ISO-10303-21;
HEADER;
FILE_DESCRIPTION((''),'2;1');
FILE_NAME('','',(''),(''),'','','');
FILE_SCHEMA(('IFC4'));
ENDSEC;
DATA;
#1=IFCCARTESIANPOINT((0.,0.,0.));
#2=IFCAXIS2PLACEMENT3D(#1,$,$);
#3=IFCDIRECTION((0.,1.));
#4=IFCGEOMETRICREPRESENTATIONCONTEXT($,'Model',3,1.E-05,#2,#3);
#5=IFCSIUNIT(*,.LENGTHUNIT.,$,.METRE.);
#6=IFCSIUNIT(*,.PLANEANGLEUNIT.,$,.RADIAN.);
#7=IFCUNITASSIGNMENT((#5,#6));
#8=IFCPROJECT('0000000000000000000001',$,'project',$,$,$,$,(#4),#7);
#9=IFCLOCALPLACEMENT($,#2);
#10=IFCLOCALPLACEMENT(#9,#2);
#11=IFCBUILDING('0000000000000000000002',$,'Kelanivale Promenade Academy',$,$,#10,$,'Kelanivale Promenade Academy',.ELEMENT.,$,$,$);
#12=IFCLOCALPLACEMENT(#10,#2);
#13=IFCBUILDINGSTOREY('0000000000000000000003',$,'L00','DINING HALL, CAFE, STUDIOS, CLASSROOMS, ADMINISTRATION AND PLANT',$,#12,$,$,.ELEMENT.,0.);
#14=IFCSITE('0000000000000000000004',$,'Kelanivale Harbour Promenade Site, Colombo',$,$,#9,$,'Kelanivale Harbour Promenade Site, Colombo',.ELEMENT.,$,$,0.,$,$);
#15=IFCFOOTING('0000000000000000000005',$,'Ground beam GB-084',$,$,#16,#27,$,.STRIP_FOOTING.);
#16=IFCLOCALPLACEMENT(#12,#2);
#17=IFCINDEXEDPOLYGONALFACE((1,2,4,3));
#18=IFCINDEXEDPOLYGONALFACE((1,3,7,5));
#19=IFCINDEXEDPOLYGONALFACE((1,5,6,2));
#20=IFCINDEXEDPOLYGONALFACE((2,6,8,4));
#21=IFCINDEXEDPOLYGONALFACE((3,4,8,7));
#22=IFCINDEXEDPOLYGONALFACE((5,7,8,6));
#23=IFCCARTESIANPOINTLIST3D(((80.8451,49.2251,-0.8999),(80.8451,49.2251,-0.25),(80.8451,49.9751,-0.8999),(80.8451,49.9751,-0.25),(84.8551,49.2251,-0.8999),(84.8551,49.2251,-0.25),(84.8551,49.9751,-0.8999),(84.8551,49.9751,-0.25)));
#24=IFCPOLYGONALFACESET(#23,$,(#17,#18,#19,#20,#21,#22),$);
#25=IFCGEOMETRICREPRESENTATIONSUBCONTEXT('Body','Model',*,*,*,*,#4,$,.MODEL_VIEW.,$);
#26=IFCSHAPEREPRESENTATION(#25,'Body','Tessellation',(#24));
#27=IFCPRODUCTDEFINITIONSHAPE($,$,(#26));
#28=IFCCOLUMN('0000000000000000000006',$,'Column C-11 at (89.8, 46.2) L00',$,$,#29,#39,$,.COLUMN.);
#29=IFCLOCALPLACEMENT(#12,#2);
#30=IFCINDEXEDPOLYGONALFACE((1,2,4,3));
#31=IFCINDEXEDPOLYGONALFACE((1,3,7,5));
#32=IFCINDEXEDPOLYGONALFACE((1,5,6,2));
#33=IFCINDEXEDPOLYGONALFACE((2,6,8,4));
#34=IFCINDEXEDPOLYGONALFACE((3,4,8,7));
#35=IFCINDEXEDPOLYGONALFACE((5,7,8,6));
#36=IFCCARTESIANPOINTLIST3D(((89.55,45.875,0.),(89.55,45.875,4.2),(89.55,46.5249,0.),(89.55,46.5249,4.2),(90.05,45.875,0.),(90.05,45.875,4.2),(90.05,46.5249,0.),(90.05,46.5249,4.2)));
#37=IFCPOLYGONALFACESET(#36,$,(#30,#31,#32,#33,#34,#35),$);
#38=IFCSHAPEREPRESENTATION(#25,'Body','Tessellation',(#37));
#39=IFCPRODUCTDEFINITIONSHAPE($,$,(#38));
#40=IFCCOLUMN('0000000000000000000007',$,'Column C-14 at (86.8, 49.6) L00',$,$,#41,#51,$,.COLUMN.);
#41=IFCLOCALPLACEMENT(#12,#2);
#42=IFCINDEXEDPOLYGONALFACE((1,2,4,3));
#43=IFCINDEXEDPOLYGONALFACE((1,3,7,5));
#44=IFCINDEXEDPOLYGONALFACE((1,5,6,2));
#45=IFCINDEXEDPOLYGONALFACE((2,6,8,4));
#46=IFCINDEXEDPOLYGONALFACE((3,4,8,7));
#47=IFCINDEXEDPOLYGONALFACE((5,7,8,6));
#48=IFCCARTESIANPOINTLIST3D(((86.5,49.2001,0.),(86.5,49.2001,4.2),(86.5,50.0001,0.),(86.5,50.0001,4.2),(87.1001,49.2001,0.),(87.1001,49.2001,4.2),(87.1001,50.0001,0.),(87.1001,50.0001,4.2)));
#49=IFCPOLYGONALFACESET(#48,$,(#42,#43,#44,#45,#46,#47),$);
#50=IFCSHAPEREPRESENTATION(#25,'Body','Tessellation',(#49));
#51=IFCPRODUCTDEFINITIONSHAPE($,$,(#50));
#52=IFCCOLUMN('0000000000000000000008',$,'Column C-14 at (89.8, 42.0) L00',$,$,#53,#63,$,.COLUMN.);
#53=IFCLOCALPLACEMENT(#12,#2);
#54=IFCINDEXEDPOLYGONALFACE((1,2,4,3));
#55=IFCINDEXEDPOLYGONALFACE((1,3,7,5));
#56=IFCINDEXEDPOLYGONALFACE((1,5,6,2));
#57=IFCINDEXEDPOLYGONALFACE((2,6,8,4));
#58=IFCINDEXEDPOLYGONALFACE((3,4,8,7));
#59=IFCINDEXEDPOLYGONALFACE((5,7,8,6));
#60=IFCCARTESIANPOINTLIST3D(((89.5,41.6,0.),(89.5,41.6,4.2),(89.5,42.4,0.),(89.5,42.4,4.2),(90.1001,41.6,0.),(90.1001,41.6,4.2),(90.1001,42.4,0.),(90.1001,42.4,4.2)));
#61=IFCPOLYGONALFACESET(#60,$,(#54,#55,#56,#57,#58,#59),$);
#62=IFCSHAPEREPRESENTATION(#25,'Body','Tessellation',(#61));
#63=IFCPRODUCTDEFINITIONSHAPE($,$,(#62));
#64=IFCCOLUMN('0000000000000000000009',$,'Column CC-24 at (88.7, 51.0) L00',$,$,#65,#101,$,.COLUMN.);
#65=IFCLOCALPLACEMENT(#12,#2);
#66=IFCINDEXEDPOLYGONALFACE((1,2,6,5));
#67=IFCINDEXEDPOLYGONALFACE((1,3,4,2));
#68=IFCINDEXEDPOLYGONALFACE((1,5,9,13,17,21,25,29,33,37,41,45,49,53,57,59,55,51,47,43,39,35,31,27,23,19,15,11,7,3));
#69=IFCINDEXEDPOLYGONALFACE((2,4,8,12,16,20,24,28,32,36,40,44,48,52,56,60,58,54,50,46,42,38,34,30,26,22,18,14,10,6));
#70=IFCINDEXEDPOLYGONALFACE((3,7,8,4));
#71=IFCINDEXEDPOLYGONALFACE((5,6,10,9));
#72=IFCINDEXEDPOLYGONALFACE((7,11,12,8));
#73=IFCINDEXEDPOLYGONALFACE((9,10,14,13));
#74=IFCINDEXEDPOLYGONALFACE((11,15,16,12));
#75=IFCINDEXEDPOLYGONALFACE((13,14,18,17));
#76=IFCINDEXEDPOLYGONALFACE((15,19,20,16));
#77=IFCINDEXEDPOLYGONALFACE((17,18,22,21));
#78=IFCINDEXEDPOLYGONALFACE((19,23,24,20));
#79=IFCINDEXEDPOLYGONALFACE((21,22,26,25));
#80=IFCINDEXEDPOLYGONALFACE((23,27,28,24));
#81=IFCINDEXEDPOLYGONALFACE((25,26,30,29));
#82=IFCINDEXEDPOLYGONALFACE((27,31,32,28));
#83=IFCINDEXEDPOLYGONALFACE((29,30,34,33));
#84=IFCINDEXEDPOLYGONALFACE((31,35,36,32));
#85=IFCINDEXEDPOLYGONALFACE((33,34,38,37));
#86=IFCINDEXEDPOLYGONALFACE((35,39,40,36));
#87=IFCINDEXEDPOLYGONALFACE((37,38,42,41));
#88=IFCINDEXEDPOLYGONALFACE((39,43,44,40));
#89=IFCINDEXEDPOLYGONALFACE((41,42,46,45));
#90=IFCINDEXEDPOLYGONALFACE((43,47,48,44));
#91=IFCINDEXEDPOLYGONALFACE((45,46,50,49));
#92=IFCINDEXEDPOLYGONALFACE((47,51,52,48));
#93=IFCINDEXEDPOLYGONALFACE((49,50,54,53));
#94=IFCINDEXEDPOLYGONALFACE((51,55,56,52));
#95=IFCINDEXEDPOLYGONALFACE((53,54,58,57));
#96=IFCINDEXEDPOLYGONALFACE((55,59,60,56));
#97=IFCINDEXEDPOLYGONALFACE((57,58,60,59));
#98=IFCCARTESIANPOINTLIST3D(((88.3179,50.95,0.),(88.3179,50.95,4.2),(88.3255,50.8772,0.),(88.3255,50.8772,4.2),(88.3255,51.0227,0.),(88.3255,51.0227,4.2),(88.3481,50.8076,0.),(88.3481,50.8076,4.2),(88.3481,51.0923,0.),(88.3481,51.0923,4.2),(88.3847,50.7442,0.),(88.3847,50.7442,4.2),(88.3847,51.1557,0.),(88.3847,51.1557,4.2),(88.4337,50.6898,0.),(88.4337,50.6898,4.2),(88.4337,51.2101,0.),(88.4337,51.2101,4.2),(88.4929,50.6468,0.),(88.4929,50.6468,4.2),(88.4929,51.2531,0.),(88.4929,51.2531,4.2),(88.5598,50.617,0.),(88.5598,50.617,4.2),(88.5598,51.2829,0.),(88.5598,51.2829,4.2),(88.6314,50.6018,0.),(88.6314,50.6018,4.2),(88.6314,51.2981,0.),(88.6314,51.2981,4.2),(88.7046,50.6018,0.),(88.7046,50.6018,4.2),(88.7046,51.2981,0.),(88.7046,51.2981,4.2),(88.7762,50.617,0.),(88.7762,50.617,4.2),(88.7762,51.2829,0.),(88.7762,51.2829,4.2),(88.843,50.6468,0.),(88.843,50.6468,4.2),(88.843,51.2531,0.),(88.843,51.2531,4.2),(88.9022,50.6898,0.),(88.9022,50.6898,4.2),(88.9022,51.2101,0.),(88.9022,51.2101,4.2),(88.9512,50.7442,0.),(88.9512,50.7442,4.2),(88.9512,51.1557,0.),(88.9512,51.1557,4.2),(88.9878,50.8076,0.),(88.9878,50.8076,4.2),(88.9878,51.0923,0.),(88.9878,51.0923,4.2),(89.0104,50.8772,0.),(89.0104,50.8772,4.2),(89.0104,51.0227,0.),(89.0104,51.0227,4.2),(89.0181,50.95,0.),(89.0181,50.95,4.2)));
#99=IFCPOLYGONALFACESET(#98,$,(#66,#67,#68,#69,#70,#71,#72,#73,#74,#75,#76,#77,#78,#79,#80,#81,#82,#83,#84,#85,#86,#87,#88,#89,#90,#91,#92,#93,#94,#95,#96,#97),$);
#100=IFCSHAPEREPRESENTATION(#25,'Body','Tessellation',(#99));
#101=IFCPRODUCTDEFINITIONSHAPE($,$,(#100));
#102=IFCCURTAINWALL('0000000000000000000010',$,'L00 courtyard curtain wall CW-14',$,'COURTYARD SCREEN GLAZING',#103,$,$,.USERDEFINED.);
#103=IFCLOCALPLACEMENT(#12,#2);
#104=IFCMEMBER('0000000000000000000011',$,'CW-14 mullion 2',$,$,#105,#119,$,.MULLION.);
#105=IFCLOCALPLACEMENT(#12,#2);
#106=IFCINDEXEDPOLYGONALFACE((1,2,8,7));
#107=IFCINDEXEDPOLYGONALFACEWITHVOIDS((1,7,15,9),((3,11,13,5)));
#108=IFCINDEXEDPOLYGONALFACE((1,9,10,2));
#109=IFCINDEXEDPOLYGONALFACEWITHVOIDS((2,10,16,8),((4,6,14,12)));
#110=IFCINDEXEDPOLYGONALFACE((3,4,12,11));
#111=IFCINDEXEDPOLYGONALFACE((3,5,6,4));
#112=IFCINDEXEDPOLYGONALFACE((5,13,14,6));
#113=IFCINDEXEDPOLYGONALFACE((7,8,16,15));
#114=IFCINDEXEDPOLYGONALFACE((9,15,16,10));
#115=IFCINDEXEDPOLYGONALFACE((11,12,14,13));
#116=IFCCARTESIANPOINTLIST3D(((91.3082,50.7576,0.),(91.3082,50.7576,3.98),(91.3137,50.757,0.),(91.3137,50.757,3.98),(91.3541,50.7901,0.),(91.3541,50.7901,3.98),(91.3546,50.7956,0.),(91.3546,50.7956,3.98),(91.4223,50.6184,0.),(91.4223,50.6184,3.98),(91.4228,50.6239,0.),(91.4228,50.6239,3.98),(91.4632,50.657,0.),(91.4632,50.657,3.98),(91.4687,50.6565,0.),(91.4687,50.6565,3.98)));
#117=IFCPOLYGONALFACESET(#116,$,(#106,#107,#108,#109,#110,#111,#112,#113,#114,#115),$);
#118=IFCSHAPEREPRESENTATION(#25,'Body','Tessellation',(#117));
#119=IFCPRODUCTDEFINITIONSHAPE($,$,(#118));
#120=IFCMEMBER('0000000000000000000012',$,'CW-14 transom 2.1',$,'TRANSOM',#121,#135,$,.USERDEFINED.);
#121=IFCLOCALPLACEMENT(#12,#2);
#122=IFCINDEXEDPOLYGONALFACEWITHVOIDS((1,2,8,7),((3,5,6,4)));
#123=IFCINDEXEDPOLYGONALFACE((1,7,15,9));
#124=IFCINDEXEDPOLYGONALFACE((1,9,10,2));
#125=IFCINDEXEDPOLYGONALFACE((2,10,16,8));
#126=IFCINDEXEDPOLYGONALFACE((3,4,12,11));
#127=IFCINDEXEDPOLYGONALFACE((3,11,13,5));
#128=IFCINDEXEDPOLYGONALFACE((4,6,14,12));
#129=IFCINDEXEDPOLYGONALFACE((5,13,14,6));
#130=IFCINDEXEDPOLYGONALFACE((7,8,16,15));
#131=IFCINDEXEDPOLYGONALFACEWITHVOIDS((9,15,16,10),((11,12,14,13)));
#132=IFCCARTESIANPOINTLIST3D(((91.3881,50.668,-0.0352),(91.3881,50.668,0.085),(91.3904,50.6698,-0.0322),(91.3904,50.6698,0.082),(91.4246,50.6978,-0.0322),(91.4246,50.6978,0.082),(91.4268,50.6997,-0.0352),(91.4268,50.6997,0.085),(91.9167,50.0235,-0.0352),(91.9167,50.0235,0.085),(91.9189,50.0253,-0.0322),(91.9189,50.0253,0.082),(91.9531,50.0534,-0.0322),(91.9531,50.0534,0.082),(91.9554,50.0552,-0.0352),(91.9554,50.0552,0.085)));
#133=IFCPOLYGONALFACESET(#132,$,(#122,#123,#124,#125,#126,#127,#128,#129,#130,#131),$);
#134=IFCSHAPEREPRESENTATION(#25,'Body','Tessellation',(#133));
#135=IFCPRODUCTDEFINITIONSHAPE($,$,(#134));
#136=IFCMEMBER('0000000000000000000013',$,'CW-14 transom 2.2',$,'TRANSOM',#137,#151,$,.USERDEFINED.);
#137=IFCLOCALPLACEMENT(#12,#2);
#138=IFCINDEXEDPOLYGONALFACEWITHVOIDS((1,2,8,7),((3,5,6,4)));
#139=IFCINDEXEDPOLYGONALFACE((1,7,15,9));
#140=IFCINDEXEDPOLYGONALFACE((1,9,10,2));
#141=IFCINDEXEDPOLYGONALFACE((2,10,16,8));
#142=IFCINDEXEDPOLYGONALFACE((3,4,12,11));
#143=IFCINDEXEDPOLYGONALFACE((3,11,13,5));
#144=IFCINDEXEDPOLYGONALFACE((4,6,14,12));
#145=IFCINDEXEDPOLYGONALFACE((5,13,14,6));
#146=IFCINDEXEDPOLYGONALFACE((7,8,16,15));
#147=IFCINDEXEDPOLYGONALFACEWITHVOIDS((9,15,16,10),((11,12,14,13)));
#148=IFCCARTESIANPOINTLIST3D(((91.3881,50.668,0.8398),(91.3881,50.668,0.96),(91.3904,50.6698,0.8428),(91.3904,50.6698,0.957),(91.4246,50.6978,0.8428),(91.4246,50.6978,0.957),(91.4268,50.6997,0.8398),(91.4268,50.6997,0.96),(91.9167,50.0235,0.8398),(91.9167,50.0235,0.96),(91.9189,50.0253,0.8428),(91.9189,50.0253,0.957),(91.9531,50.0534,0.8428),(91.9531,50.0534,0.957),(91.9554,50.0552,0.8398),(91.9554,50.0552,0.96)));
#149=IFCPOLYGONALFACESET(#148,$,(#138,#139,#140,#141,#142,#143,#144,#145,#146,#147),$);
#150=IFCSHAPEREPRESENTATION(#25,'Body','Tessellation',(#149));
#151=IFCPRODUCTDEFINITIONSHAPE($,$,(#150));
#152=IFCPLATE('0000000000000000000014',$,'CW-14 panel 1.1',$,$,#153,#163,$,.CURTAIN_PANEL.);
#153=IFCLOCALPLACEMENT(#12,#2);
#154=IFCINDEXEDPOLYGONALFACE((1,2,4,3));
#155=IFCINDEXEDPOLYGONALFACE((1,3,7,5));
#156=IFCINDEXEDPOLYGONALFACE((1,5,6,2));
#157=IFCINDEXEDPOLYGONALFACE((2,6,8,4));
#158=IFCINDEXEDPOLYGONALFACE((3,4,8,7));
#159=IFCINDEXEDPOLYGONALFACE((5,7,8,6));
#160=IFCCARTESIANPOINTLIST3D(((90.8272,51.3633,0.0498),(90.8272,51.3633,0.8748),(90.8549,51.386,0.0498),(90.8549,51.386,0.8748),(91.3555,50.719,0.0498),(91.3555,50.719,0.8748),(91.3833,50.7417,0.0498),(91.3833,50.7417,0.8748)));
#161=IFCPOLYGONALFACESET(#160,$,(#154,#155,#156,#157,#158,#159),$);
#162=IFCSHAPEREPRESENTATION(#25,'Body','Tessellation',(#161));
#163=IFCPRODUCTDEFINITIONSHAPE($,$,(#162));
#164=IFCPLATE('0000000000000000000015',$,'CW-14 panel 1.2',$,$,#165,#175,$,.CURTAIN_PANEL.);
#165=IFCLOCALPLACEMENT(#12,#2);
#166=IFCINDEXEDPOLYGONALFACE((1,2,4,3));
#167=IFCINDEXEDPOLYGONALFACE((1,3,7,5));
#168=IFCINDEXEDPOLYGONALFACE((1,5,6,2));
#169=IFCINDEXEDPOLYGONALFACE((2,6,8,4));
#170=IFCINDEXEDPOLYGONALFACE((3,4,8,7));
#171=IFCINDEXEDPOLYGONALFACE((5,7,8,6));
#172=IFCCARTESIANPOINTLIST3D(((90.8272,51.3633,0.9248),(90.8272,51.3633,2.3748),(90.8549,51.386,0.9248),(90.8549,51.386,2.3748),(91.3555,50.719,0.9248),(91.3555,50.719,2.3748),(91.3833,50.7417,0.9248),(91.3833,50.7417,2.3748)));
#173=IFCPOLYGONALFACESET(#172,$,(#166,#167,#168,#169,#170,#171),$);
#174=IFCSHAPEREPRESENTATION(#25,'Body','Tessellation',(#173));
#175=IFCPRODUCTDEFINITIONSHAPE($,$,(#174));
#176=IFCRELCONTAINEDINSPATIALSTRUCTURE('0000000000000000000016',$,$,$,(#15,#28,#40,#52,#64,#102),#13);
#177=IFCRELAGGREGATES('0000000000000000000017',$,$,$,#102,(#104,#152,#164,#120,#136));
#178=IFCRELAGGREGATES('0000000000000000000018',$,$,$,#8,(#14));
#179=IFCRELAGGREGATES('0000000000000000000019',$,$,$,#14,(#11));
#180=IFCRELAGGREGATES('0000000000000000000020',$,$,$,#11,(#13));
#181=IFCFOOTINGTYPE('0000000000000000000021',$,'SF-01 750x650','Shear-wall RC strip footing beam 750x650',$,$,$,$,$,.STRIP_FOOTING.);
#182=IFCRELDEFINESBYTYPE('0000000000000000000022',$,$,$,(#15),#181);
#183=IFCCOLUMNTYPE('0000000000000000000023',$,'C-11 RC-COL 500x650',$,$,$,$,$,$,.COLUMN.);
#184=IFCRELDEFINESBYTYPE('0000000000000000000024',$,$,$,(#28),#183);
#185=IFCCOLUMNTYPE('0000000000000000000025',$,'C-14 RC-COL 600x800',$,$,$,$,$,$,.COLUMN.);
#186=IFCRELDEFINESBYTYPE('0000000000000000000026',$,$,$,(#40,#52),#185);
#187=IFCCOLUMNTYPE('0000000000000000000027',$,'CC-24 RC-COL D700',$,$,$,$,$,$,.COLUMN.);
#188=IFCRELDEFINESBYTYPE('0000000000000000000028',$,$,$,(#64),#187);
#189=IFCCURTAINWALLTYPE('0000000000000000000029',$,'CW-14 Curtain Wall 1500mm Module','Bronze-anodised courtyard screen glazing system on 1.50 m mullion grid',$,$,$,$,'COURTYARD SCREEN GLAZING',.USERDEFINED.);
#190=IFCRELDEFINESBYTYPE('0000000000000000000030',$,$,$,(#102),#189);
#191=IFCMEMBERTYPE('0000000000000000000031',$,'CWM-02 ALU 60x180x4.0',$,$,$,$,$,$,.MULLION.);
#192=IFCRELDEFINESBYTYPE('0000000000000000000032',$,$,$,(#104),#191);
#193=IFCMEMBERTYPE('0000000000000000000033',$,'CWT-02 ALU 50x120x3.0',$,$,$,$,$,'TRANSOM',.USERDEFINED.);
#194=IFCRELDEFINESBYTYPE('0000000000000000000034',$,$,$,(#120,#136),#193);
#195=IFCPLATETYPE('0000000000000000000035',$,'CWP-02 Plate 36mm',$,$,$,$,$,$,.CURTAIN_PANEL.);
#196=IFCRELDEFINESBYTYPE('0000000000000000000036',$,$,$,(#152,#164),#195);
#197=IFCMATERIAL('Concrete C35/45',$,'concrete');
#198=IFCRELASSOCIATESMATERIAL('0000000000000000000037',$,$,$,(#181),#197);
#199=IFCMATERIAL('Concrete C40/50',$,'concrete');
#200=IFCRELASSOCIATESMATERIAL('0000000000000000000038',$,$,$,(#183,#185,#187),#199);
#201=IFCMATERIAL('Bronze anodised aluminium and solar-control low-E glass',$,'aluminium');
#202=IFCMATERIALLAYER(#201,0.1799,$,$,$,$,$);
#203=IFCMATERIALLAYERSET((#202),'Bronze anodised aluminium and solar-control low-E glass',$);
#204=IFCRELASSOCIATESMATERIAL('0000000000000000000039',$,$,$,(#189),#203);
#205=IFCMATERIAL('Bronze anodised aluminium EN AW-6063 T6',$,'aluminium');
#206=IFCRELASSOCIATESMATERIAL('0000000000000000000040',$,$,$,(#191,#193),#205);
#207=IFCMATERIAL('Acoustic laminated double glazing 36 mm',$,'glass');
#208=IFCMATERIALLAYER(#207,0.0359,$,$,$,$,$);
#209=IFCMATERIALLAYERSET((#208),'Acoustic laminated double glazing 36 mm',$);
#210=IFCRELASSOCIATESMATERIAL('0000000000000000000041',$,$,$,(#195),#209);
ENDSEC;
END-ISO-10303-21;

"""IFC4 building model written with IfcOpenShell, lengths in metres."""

from ifc_helpers import new_model, si_unit, direction, frame, origin, origin_2d, place, context, subcontext, project, spatial, rectangle, hollow_rectangle, circle, extrude, material, layer, layer_set, material_profile, profile_set, type_object, element, aggregate, save


model = new_model("IFC4")

# Units and contexts
model_context = context("Model", 3, precision=1e-05, world=origin(), true_north=direction((0.0, 1.0)))
body_context = subcontext(model_context, "Body", "Model", "MODEL_VIEW")
ifc_project = project(units=[si_unit("LENGTHUNIT", "METRE"), si_unit("PLANEANGLEUNIT", "RADIAN")], contexts=[model_context])

# Site, building, storey
site_placement = place(None, origin())
site = spatial("IfcSite", under=ifc_project, at=site_placement, Name="Kelanivale Harbour Promenade Site, Colombo", LongName="Kelanivale Harbour Promenade Site, Colombo", CompositionType="ELEMENT", RefElevation=0.0)
building_placement = place(site_placement, origin())
building = spatial("IfcBuilding", under=site, at=building_placement, Name="Kelanivale Promenade Academy", LongName="Kelanivale Promenade Academy", CompositionType="ELEMENT")
storey_placement = place(building_placement, origin())
storey = spatial("IfcBuildingStorey", under=building, at=storey_placement, Name="L00", Description="DINING HALL, CAFE, STUDIOS, CLASSROOMS, ADMINISTRATION AND PLANT", CompositionType="ELEMENT", Elevation=0.0)

# Shared definitions
ifc_material_1 = material(Name="Concrete C35/45", Category="concrete")

# Footing
footing_type_1 = type_object("IfcFootingType", Name="SF-01 750x650", Description="Shear-wall RC strip footing beam 750x650", PredefinedType="STRIP_FOOTING", material=ifc_material_1)
footing_1_placement = place(storey_placement, frame((82.8501, 49.6001, -0.8999), z_axis=(0.0, 0.0, 1.0), x_axis=(1.0, 0.0, 0.0)))
element("IfcFooting", 1, at=footing_1_placement, inside=storey, type_object=footing_type_1, Name="Ground beam GB-084", PredefinedType="STRIP_FOOTING", context=body_context, shape_type="SweptSolid", body=[
    extrude(rectangle(XDim=4.01, YDim=0.75, at=origin_2d()), origin(), (0.0, 0.0, 1.0), 0.6499),
])

# Columns
ifc_material_2 = material(Name="Concrete C40/50", Category="concrete")
ifc_material_profile_1 = material_profile(ifc_material_2, rectangle(XDim=0.5, YDim=0.6499, at=origin_2d()), Name="RC-COL 500x650")
ifc_profile_set_1 = profile_set([ifc_material_profile_1], Name="Concrete C40/50")
column_type_1 = type_object("IfcColumnType", Name="C-11 RC-COL 500x650", PredefinedType="COLUMN", material=ifc_profile_set_1)
column_1_placement = place(storey_placement, frame((89.8, 46.2, 0.0), z_axis=(0.0, 0.0, 1.0), x_axis=(1.0, 0.0, 0.0)))
element("IfcColumn", 2, at=column_1_placement, inside=storey, type_object=column_type_1, Name="Column C-11 at (89.8, 46.2) L00", PredefinedType="COLUMN", context=body_context, shape_type="SweptSolid", body=[
    extrude(rectangle(XDim=0.5, YDim=0.6499, at=origin_2d()), origin(), (0.0, 0.0, 1.0), 4.2),
])
ifc_material_profile_2 = material_profile(ifc_material_2, rectangle(XDim=0.6001, YDim=0.8, at=origin_2d()), Name="RC-COL 600x800")
ifc_profile_set_2 = profile_set([ifc_material_profile_2], Name="Concrete C40/50")
column_type_2 = type_object("IfcColumnType", Name="C-14 RC-COL 600x800", PredefinedType="COLUMN", material=ifc_profile_set_2)
for number, where, z_axis, x_axis, name in (
    (3, (86.8, 49.6001, 0.0), (0.0, 0.0, 1.0), (1.0, 0.0, 0.0), "Column C-14 at (86.8, 49.6) L00"),
    (4, (89.8, 42.0, 0.0), (0.0, 0.0, 1.0), (1.0, 0.0, 0.0), "Column C-14 at (89.8, 42.0) L00"),
):
    element("IfcColumn", number, at=place(storey_placement, frame(where, z_axis=z_axis, x_axis=x_axis)), inside=storey, type_object=column_type_2, Name=name, PredefinedType="COLUMN", context=body_context, shape_type="SweptSolid", body=[
        extrude(rectangle(XDim=0.6001, YDim=0.8, at=origin_2d()), origin(), (0.0, 0.0, 1.0), 4.2),
    ])
ifc_material_profile_3 = material_profile(ifc_material_2, circle(Radius=0.3501, at=origin_2d()), Name="RC-COL D700")
ifc_profile_set_3 = profile_set([ifc_material_profile_3], Name="Concrete C40/50")
column_type_3 = type_object("IfcColumnType", Name="CC-24 RC-COL D700", PredefinedType="COLUMN", material=ifc_profile_set_3)
column_2_placement = place(storey_placement, frame((88.668, 50.95, 0.0), z_axis=(0.0, 0.0, 1.0), x_axis=(1.0, 0.0, 0.0)))
element("IfcColumn", 5, at=column_2_placement, inside=storey, type_object=column_type_3, Name="Column CC-24 at (88.7, 51.0) L00", PredefinedType="COLUMN", context=body_context, shape_type="SweptSolid", body=[
    extrude(circle(Radius=0.3501, at=origin_2d()), origin(), (0.0, 0.0, 1.0), 4.2),
])

# Curtain wall, members, plates
ifc_material_3 = material(Name="Bronze anodised aluminium and solar-control low-E glass", Category="aluminium")
ifc_layer_1 = layer(ifc_material_3, 0.1799)
ifc_layer_set_1 = layer_set([ifc_layer_1], Name="Bronze anodised aluminium and solar-control low-E glass")
curtain_wall_type = type_object("IfcCurtainWallType", Name="CW-14 Curtain Wall 1500mm Module", Description="Bronze-anodised courtyard screen glazing system on 1.50 m mullion grid", ElementType="COURTYARD SCREEN GLAZING", PredefinedType="USERDEFINED", material=ifc_layer_set_1)
curtain_wall_placement = place(storey_placement, origin())
curtain_wall = element("IfcCurtainWall", 6, at=curtain_wall_placement, inside=storey, type_object=curtain_wall_type, Name="L00 courtyard curtain wall CW-14", ObjectType="COURTYARD SCREEN GLAZING", PredefinedType="USERDEFINED")
ifc_material_4 = material(Name="Bronze anodised aluminium EN AW-6063 T6", Category="aluminium")
ifc_material_profile_4 = material_profile(ifc_material_4, hollow_rectangle(XDim=0.0601, YDim=0.1799, WallThickness=0.0039, at=origin_2d()), Name="ALU 60x180x4.0")
ifc_profile_set_4 = profile_set([ifc_material_profile_4], Name="Bronze anodised aluminium EN AW-6063 T6")
member_type_1 = type_object("IfcMemberType", Name="CWM-02 ALU 60x180x4.0", PredefinedType="MULLION", material=ifc_profile_set_4)
member_1_placement = place(storey_placement, frame((91.3884, 50.707, 0.0), z_axis=(0.0, 0.0, 1.0), x_axis=(0.773257, 0.634093, 0.0)))
member_1 = element("IfcMember", 7, at=member_1_placement, type_object=member_type_1, Name="CW-14 mullion 2", PredefinedType="MULLION", context=body_context, shape_type="SweptSolid", body=[
    extrude(hollow_rectangle(XDim=0.0601, YDim=0.1799, WallThickness=0.0039, at=origin_2d()), origin(), (0.0, 0.0, 1.0), 3.98),
])
ifc_material_profile_5 = material_profile(ifc_material_4, hollow_rectangle(XDim=0.05, YDim=0.1201, WallThickness=0.0029, at=origin_2d()), Name="ALU 50x120x3.0")
ifc_profile_set_5 = profile_set([ifc_material_profile_5], Name="Bronze anodised aluminium EN AW-6063 T6")
member_type_2 = type_object("IfcMemberType", Name="CWT-02 ALU 50x120x3.0", ElementType="TRANSOM", PredefinedType="USERDEFINED", material=ifc_profile_set_5)
member_2_placement = place(storey_placement, frame((91.4075, 50.6838, 0.0249), z_axis=(0.634115, -0.773239, 0.0), x_axis=(0.773239, 0.634115, 0.0)))
member_2 = element("IfcMember", 8, at=member_2_placement, type_object=member_type_2, Name="CW-14 transom 2.1", ObjectType="TRANSOM", PredefinedType="USERDEFINED", context=body_context, shape_type="SweptSolid", body=[
    extrude(hollow_rectangle(XDim=0.05, YDim=0.1201, WallThickness=0.0029, at=origin_2d()), origin(), (0.0, 0.0, 1.0), 0.8335),
])
member_3_placement = place(storey_placement, frame((91.4075, 50.6838, 0.8999), z_axis=(0.634115, -0.773239, 0.0), x_axis=(0.773239, 0.634115, 0.0)))
member_3 = element("IfcMember", 9, at=member_3_placement, type_object=member_type_2, Name="CW-14 transom 2.2", ObjectType="TRANSOM", PredefinedType="USERDEFINED", context=body_context, shape_type="SweptSolid", body=[
    extrude(hollow_rectangle(XDim=0.05, YDim=0.1201, WallThickness=0.0029, at=origin_2d()), origin(), (0.0, 0.0, 1.0), 0.8335),
])
ifc_material_5 = material(Name="Acoustic laminated double glazing 36 mm", Category="glass")
ifc_layer_2 = layer(ifc_material_5, 0.0359)
ifc_layer_set_2 = layer_set([ifc_layer_2], Name="Acoustic laminated double glazing 36 mm")
plate_type = type_object("IfcPlateType", Name="CWP-02 Plate 36mm", PredefinedType="CURTAIN_PANEL", material=ifc_layer_set_2)
plate_1_placement = place(storey_placement, frame((91.1052, 51.0525, 0.0498), z_axis=(0.0, 0.0, 1.0), x_axis=(0.634093, -0.773257, 0.0)))
plate_1 = element("IfcPlate", 10, at=plate_1_placement, type_object=plate_type, Name="CW-14 panel 1.1", PredefinedType="CURTAIN_PANEL", context=body_context, shape_type="SweptSolid", body=[
    extrude(rectangle(XDim=0.8333, YDim=0.0359, at=origin_2d()), origin(), (0.0, 0.0, 1.0), 0.825),
])
plate_2_placement = place(storey_placement, frame((91.1052, 51.0525, 0.9248), z_axis=(0.0, 0.0, 1.0), x_axis=(0.634093, -0.773257, 0.0)))
plate_2 = element("IfcPlate", 11, at=plate_2_placement, type_object=plate_type, Name="CW-14 panel 1.2", PredefinedType="CURTAIN_PANEL", context=body_context, shape_type="SweptSolid", body=[
    extrude(rectangle(XDim=0.8333, YDim=0.0359, at=origin_2d()), origin(), (0.0, 0.0, 1.0), 1.45),
])
aggregate(curtain_wall, [member_1, plate_1, plate_2, member_2, member_3])

save(model, "model.ifc")
